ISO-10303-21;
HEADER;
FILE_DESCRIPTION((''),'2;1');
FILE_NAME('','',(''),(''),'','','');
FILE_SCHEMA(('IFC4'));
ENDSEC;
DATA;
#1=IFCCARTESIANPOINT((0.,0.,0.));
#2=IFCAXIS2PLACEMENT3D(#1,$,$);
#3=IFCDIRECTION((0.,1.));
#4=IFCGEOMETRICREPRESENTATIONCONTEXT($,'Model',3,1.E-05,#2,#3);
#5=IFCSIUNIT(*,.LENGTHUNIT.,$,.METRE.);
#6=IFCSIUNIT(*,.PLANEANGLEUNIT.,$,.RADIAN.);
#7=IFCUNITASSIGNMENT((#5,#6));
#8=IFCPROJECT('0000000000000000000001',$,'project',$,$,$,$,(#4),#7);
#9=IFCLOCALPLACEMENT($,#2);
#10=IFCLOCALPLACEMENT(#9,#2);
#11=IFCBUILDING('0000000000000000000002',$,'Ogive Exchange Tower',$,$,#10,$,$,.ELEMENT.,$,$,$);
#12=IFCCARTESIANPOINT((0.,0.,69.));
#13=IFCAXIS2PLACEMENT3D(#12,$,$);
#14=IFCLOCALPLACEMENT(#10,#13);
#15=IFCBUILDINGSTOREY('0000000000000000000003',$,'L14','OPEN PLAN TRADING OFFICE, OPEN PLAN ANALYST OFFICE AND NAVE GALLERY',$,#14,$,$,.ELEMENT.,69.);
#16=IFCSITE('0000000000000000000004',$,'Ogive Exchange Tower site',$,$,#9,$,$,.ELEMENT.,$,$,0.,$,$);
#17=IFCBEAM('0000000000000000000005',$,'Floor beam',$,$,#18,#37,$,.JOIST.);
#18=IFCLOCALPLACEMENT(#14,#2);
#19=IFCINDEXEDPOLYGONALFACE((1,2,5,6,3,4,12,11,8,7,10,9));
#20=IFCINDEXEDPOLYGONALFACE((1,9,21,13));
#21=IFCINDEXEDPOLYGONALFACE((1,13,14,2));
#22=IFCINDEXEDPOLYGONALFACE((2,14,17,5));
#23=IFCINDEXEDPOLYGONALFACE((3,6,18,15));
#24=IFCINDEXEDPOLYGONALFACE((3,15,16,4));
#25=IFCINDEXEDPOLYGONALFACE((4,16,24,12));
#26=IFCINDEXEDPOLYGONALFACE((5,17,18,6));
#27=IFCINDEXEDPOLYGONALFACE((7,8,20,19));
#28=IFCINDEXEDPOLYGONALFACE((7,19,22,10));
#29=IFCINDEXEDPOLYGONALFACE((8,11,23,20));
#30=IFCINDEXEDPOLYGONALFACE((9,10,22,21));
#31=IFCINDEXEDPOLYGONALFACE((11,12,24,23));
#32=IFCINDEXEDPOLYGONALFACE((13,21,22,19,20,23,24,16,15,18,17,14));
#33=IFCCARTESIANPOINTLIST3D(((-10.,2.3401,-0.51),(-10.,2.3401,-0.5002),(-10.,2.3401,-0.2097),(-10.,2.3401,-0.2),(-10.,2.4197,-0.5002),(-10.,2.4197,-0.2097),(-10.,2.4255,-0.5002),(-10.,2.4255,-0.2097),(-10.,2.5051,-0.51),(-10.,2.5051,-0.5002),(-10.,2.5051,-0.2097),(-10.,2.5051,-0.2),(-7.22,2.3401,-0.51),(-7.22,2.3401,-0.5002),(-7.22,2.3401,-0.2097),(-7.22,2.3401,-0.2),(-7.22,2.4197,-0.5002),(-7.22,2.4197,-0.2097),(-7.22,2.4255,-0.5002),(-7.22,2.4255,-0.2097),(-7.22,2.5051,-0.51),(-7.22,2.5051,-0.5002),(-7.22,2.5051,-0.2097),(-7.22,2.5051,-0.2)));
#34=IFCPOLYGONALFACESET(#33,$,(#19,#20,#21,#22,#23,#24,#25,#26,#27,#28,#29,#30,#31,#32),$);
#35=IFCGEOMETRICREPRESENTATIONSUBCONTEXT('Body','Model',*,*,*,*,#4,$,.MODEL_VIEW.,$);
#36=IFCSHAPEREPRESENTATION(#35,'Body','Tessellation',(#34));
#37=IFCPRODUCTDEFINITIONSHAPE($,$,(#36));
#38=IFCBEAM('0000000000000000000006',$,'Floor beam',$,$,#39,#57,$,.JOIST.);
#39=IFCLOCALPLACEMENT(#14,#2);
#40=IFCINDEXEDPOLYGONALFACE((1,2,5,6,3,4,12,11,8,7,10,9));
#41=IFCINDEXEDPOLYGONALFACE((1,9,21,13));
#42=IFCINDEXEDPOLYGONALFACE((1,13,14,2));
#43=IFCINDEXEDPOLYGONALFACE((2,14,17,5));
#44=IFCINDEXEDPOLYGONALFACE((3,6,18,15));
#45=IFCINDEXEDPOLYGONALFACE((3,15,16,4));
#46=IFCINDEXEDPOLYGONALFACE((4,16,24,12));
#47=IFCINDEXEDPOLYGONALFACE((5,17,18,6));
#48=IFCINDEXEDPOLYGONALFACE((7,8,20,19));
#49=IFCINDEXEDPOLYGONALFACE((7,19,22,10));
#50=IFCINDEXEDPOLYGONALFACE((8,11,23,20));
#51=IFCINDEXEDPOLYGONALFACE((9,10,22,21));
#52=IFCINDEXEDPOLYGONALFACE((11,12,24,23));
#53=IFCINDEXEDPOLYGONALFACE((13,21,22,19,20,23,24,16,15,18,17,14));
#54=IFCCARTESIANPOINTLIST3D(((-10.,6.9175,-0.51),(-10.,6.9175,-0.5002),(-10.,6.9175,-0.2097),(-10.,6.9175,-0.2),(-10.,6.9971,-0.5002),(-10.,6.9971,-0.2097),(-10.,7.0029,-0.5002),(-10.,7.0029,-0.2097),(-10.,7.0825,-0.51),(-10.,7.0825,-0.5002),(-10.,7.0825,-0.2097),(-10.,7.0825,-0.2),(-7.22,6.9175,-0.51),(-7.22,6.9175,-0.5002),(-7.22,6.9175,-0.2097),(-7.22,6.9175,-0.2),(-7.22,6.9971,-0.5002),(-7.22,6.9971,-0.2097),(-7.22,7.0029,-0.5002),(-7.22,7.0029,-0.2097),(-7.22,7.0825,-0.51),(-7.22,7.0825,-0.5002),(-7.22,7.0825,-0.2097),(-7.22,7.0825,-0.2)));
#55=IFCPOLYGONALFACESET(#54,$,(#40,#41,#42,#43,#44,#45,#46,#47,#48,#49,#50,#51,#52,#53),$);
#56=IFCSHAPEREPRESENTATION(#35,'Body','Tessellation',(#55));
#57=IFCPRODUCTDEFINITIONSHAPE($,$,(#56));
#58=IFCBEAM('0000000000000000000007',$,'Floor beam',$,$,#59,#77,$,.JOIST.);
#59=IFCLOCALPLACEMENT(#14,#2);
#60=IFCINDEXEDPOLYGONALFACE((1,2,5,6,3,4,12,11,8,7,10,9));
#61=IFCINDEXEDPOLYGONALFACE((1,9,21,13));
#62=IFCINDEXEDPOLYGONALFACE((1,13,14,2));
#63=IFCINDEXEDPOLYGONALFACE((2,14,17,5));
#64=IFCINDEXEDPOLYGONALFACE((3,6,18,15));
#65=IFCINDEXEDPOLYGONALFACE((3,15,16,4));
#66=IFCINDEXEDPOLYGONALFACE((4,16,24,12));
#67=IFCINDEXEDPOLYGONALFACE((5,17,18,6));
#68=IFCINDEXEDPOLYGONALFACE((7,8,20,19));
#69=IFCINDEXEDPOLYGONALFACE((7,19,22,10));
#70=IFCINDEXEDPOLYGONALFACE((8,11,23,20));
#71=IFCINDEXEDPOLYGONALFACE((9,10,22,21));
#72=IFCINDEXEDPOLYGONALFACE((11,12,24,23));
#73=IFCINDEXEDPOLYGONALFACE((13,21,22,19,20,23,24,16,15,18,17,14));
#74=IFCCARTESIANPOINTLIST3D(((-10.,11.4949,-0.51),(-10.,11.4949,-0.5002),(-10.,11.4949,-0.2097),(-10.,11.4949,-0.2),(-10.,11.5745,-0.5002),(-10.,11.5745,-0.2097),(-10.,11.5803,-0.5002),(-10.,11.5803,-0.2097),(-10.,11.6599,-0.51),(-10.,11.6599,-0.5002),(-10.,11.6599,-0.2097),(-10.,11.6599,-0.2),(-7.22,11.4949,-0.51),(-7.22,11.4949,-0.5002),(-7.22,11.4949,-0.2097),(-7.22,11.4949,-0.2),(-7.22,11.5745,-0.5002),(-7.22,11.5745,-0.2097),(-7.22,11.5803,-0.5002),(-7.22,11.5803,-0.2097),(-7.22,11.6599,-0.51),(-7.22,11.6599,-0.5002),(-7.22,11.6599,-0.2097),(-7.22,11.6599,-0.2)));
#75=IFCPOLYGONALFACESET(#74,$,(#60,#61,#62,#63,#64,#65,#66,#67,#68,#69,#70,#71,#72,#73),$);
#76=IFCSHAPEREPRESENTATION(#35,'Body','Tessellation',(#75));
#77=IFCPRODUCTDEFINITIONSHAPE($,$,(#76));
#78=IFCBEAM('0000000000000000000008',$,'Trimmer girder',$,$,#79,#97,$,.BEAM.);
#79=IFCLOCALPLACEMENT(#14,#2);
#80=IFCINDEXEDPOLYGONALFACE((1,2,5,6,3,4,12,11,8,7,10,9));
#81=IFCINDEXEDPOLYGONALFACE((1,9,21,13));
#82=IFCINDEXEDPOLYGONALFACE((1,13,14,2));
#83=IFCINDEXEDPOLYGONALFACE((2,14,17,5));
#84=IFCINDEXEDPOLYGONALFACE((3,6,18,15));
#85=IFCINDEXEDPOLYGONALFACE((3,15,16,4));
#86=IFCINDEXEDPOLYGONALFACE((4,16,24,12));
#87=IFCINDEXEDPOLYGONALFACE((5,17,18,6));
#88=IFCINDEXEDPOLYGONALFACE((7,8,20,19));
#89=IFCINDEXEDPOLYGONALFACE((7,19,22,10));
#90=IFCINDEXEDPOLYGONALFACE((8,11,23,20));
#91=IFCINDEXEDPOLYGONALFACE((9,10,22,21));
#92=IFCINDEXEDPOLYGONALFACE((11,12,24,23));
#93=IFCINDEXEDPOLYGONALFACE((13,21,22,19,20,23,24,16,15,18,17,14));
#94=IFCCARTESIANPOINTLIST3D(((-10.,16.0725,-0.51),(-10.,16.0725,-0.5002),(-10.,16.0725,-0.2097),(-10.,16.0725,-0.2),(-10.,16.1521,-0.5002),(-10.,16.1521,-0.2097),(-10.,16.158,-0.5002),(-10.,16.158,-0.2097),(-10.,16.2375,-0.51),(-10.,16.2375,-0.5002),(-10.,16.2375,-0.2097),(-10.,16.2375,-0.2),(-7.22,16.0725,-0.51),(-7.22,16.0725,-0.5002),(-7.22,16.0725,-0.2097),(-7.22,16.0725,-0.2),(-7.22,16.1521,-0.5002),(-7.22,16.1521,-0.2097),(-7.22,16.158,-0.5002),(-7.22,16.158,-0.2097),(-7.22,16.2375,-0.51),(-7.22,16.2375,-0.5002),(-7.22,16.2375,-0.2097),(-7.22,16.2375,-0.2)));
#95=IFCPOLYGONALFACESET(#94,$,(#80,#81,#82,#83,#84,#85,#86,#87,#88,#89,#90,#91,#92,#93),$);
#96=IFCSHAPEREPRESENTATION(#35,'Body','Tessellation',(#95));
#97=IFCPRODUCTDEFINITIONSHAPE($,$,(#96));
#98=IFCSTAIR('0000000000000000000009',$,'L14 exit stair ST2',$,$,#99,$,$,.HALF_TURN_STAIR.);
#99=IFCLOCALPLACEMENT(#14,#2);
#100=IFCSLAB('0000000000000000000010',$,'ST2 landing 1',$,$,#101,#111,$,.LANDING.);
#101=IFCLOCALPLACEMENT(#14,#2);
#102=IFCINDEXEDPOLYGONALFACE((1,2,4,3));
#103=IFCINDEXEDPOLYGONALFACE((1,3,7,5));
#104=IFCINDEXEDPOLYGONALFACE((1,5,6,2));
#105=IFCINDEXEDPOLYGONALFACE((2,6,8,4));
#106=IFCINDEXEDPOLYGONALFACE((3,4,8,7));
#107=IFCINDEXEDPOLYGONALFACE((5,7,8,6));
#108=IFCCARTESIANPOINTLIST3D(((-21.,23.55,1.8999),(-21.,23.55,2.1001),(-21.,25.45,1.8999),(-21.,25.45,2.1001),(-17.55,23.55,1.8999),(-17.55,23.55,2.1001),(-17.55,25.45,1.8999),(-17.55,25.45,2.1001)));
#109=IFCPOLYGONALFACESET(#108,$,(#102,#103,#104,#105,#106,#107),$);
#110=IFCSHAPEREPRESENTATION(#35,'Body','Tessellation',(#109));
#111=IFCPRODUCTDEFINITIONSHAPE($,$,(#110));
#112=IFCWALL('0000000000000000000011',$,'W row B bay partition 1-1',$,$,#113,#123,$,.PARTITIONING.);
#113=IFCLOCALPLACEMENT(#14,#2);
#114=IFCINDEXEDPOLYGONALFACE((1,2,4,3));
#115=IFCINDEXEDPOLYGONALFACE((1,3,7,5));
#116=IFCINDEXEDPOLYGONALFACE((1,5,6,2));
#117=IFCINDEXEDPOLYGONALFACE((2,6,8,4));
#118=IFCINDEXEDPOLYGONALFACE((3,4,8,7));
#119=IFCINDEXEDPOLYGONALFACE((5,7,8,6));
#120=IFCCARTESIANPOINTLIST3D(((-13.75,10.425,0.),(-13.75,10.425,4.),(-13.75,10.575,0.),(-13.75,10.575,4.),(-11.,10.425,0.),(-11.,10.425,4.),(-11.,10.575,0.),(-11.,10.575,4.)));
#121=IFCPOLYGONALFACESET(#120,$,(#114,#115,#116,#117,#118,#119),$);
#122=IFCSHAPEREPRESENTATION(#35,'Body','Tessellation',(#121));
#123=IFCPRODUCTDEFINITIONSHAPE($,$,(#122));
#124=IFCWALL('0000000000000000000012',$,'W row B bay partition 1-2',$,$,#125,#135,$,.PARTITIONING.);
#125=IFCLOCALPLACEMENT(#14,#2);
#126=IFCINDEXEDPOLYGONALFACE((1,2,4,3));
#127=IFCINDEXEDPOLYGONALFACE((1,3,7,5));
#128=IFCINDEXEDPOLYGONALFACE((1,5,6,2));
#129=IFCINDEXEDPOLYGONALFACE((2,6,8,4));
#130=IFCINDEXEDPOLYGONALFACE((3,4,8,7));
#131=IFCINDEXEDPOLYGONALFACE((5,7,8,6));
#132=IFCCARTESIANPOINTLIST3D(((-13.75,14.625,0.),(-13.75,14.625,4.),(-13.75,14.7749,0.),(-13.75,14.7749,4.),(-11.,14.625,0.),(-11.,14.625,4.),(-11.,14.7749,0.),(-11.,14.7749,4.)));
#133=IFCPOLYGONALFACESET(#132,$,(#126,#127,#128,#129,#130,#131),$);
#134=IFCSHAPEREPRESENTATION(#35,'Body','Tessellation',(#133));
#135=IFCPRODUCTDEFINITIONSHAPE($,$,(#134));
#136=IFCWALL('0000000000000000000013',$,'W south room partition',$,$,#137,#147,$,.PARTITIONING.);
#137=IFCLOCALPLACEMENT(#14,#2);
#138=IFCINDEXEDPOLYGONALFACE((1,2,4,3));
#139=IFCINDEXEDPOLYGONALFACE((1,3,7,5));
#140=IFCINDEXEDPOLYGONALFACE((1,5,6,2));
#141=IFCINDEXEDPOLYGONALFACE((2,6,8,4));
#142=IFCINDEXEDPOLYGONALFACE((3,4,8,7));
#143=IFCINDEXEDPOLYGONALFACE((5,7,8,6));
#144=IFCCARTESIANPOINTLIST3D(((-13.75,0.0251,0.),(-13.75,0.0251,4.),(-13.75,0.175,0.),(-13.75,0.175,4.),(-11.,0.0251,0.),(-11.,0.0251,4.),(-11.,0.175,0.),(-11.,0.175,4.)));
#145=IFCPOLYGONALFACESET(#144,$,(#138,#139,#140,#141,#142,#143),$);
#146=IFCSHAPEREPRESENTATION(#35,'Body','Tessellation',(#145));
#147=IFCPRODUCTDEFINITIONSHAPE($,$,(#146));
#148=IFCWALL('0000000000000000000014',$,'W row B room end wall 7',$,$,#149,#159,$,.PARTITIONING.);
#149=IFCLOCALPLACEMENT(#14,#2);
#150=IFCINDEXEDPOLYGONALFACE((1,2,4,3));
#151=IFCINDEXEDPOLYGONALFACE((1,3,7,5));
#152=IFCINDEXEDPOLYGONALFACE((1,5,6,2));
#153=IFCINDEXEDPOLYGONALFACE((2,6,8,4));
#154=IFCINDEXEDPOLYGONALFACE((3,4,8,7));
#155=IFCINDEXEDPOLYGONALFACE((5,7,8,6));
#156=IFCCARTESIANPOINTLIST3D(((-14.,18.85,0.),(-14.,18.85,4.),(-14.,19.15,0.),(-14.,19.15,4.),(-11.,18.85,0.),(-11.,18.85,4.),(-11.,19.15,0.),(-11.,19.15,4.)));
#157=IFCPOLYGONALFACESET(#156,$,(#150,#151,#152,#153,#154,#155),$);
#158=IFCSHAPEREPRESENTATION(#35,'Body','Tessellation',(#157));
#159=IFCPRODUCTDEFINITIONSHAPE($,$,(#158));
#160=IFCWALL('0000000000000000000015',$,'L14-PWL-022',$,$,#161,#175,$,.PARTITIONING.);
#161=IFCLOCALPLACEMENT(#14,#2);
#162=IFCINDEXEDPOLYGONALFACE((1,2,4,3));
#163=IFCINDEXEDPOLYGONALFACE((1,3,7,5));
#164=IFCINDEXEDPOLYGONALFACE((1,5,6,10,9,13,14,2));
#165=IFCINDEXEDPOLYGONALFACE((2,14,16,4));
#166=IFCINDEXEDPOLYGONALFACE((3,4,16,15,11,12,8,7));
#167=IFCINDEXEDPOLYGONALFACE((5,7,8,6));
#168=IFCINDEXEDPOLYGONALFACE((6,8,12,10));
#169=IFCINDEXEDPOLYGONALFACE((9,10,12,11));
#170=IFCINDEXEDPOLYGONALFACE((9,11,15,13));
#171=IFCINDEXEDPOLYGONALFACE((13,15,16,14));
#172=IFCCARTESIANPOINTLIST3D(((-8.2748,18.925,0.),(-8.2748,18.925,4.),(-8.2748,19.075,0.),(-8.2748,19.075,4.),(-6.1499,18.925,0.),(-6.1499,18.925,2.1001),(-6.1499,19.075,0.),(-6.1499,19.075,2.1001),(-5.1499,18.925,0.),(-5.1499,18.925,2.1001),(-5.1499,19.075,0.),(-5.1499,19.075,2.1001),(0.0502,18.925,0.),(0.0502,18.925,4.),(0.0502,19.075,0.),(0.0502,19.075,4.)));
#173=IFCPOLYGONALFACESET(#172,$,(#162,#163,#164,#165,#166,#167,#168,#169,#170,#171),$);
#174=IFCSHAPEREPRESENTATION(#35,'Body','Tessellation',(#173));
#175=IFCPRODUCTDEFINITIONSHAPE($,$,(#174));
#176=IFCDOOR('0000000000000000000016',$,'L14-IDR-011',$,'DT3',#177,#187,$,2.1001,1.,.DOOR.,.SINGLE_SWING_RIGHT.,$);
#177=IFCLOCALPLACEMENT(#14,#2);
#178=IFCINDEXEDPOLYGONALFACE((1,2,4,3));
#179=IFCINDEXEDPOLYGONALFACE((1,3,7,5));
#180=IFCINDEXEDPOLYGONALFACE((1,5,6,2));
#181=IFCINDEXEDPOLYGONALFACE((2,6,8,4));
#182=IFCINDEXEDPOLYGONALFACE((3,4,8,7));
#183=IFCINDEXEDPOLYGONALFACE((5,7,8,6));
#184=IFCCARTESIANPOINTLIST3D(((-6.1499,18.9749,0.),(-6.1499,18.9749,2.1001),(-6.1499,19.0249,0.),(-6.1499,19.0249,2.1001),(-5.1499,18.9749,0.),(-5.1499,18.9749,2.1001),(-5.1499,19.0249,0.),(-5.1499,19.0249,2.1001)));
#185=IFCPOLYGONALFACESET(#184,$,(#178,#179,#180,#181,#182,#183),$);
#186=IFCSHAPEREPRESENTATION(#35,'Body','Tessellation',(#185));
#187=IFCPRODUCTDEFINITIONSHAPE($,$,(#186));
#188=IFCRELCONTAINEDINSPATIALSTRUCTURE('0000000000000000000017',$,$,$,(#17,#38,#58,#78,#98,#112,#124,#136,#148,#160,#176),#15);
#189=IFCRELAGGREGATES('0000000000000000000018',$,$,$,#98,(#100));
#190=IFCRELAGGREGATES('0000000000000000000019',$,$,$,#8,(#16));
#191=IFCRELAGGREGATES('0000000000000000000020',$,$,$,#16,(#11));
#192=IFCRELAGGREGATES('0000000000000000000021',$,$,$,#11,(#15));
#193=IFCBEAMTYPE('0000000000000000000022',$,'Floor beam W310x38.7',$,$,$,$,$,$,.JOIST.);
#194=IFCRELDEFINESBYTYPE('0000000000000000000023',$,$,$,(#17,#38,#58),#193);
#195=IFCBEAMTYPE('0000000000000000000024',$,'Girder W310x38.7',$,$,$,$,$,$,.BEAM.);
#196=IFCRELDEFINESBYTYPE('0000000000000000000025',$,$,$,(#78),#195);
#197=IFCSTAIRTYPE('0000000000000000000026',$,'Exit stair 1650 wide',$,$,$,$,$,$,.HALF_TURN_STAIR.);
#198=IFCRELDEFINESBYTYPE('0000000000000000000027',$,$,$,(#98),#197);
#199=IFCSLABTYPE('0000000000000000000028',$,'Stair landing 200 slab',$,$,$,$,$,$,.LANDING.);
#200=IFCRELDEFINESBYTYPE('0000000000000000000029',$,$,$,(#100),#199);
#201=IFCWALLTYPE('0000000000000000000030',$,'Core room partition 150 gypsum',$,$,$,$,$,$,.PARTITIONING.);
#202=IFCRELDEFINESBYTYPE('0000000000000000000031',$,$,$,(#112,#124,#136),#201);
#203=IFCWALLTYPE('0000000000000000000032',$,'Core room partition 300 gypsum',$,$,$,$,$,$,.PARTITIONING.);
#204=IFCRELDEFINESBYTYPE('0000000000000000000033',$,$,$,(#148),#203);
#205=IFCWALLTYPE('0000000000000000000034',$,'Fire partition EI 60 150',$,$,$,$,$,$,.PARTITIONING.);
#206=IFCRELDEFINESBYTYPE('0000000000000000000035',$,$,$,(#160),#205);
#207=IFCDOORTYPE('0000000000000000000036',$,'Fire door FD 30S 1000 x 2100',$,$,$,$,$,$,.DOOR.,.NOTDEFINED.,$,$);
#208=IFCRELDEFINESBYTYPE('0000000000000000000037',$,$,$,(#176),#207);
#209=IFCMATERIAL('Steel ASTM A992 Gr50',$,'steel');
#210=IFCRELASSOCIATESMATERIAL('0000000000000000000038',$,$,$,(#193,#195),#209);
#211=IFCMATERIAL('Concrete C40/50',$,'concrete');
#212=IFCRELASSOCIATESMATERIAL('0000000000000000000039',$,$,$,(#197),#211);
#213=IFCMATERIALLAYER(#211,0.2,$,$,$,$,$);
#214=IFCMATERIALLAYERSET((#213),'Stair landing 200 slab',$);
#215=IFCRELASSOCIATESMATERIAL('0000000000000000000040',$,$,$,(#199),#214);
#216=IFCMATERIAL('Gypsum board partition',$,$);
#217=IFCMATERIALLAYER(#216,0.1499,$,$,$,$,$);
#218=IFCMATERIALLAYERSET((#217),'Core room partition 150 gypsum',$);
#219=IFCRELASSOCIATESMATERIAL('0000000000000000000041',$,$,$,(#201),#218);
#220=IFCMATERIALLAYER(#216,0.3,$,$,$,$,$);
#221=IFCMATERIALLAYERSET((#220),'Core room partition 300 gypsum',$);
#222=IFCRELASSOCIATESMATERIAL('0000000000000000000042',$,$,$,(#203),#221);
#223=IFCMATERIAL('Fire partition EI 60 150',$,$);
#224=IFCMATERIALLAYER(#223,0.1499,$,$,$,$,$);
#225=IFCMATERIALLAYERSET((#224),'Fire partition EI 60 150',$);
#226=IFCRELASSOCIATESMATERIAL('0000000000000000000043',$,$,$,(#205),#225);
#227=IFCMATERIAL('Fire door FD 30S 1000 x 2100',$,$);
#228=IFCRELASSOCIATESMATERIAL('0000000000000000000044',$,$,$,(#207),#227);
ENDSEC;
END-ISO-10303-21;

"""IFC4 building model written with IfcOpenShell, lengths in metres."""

from ifc_helpers import new_model, si_unit, direction, frame, frame_2d, origin, origin_2d, place, context, subcontext, project, spatial, polyline, rectangle, i_section, outline, extrude, material, layer, layer_set, material_profile, profile_set, type_object, element, fill, aggregate, save


model = new_model("IFC4")

# Units and contexts
model_context = context("Model", 3, precision=1e-05, world=origin(), true_north=direction((0.0, 1.0)))
body_context = subcontext(model_context, "Body", "Model", "MODEL_VIEW")
ifc_project = project(units=[si_unit("LENGTHUNIT", "METRE"), si_unit("PLANEANGLEUNIT", "RADIAN")], contexts=[model_context])

# Site, building, storey
site_placement = place(None, origin())
site = spatial("IfcSite", under=ifc_project, at=site_placement, Name="Ogive Exchange Tower site", CompositionType="ELEMENT", RefElevation=0.0)
building_placement = place(site_placement, origin())
building = spatial("IfcBuilding", under=site, at=building_placement, Name="Ogive Exchange Tower", CompositionType="ELEMENT")
storey_placement = place(building_placement, frame((0.0, 0.0, 69.0)))
storey = spatial("IfcBuildingStorey", under=building, at=storey_placement, Name="L14", Description="OPEN PLAN TRADING OFFICE, OPEN PLAN ANALYST OFFICE AND NAVE GALLERY", CompositionType="ELEMENT", Elevation=69.0)

# Beams
ifc_material_1 = material(Name="Steel ASTM A992 Gr50", Category="steel")
ifc_material_profile_1 = material_profile(ifc_material_1, i_section(OverallWidth=0.165, OverallDepth=0.3101, WebThickness=0.0059, FlangeThickness=0.0098, at=origin_2d()), Name="W310x38.7")
ifc_profile_set_1 = profile_set([ifc_material_profile_1], Name="Steel ASTM A992 Gr50")
beam_type_1 = type_object("IfcBeamType", Name="Floor beam W310x38.7", PredefinedType="JOIST", material=ifc_profile_set_1)
for number, where, z_axis, x_axis, name in (
    (1, (-10.0, 2.4226, -0.355), (1.0, 0.0, 0.0), (0.0, 1.0, 0.0), "Floor beam"),
    (2, (-10.0, 7.0, -0.355), (1.0, 0.0, 0.0), (0.0, 1.0, 0.0), "Floor beam"),
    (3, (-10.0, 11.5774, -0.355), (1.0, 0.0, 0.0), (0.0, 1.0, 0.0), "Floor beam"),
):
    element("IfcBeam", number, at=place(storey_placement, frame(where, z_axis=z_axis, x_axis=x_axis)), inside=storey, type_object=beam_type_1, Name=name, PredefinedType="JOIST", context=body_context, shape_type="SweptSolid", body=[
        extrude(i_section(OverallWidth=0.165, OverallDepth=0.3101, WebThickness=0.0059, FlangeThickness=0.0098, at=origin_2d()), origin(), (0.0, 0.0, 1.0), 2.78),
    ])
ifc_material_profile_2 = material_profile(ifc_material_1, i_section(OverallWidth=0.165, OverallDepth=0.3101, WebThickness=0.0059, FlangeThickness=0.0098, at=origin_2d()), Name="W310x38.7")
ifc_profile_set_2 = profile_set([ifc_material_profile_2], Name="Steel ASTM A992 Gr50")
beam_type_2 = type_object("IfcBeamType", Name="Girder W310x38.7", PredefinedType="BEAM", material=ifc_profile_set_2)
beam_placement = place(storey_placement, frame((-10.0, 16.155, -0.355), z_axis=(1.0, 0.0, 0.0), x_axis=(0.0, 1.0, 0.0)))
element("IfcBeam", 4, at=beam_placement, inside=storey, type_object=beam_type_2, Name="Trimmer girder", PredefinedType="BEAM", context=body_context, shape_type="SweptSolid", body=[
    extrude(i_section(OverallWidth=0.165, OverallDepth=0.3101, WebThickness=0.0059, FlangeThickness=0.0098, at=origin_2d()), origin(), (0.0, 0.0, 1.0), 2.78),
])

# Stair, slab
ifc_material_2 = material(Name="Concrete C40/50", Category="concrete")
stair_type = type_object("IfcStairType", Name="Exit stair 1650 wide", PredefinedType="HALF_TURN_STAIR", material=ifc_material_2)
stair_1_placement = place(storey_placement, origin())
stair_1 = element("IfcStair", 5, at=stair_1_placement, inside=storey, type_object=stair_type, Name="L14 exit stair ST2", PredefinedType="HALF_TURN_STAIR")
ifc_layer_1 = layer(ifc_material_2, 0.2)
ifc_layer_set_1 = layer_set([ifc_layer_1], Name="Stair landing 200 slab")
slab_type = type_object("IfcSlabType", Name="Stair landing 200 slab", PredefinedType="LANDING", material=ifc_layer_set_1)
slab_placement = place(storey_placement, frame((0.0, 0.0, 1.8999)))
slab = element("IfcSlab", 6, at=slab_placement, type_object=slab_type, Name="ST2 landing 1", PredefinedType="LANDING", context=body_context, shape_type="SweptSolid", body=[
    extrude(outline(polyline([(-17.55, 23.55), (-17.55, 25.45), (-21.0, 25.45), (-21.0, 23.55), (-17.55, 23.55)])), origin(), (0.0, 0.0, 1.0), 0.2002),
])
aggregate(stair_1, [slab])

# Walls
ifc_material_3 = material(Name="Gypsum board partition")
ifc_layer_2 = layer(ifc_material_3, 0.1499)
ifc_layer_set_2 = layer_set([ifc_layer_2], Name="Core room partition 150 gypsum")
wall_type_1 = type_object("IfcWallType", Name="Core room partition 150 gypsum", PredefinedType="PARTITIONING", material=ifc_layer_set_2)
for number, where, z_axis, x_axis, name in (
    (7, (-13.75, 10.5, 0.0), (0.0, 0.0, 1.0), (1.0, 0.0, 0.0), "W row B bay partition 1-1"),
    (8, (-13.75, 14.7, 0.0), (0.0, 0.0, 1.0), (1.0, 0.0, 0.0), "W row B bay partition 1-2"),
    (9, (-13.75, 0.1001, 0.0), (0.0, 0.0, 1.0), (1.0, 0.0, 0.0), "W south room partition"),
):
    element("IfcWall", number, at=place(storey_placement, frame(where, z_axis=z_axis, x_axis=x_axis)), inside=storey, type_object=wall_type_1, Name=name, PredefinedType="PARTITIONING", context=body_context, shape_type="SweptSolid", body=[
        extrude(rectangle(XDim=2.75, YDim=0.1499, at=frame_2d((1.375, 0.0))), origin(), (0.0, 0.0, 1.0), 4.0),
    ])
ifc_layer_3 = layer(ifc_material_3, 0.3)
ifc_layer_set_3 = layer_set([ifc_layer_3], Name="Core room partition 300 gypsum")
wall_type_2 = type_object("IfcWallType", Name="Core room partition 300 gypsum", PredefinedType="PARTITIONING", material=ifc_layer_set_3)
wall_1_placement = place(storey_placement, frame((-14.0, 19.0, 0.0), z_axis=(0.0, 0.0, 1.0), x_axis=(1.0, 0.0, 0.0)))
element("IfcWall", 10, at=wall_1_placement, inside=storey, type_object=wall_type_2, Name="W row B room end wall 7", PredefinedType="PARTITIONING", context=body_context, shape_type="SweptSolid", body=[
    extrude(rectangle(XDim=3.0, YDim=0.3, at=frame_2d((1.5, 0.0))), origin(), (0.0, 0.0, 1.0), 4.0),
])

# Wall, opening, door
ifc_material_4 = material(Name="Fire partition EI 60 150")
ifc_layer_4 = layer(ifc_material_4, 0.1499)
ifc_layer_set_4 = layer_set([ifc_layer_4], Name="Fire partition EI 60 150")
wall_type_3 = type_object("IfcWallType", Name="Fire partition EI 60 150", PredefinedType="PARTITIONING", material=ifc_layer_set_4)
wall_2_placement = place(storey_placement, frame((-8.2749, 19.0, 0.0), z_axis=(0.0, 0.0, 1.0), x_axis=(1.0, 0.0, 0.0)))
wall_2 = element("IfcWall", 11, at=wall_2_placement, inside=storey, type_object=wall_type_3, Name="L14-PWL-022", PredefinedType="PARTITIONING", context=body_context, shape_type="SweptSolid", body=[
    extrude(rectangle(XDim=8.325, YDim=0.1499, at=frame_2d((4.1626, 0.0))), origin(), (0.0, 0.0, 1.0), 4.0),
])
opening_1_placement = place(wall_2_placement, frame((2.125, 0.0, 0.0)))
opening_1 = element("IfcOpeningElement", 12, at=opening_1_placement, cuts=wall_2, PredefinedType="OPENING", context=body_context, shape_type="SweptSolid", body=[
    extrude(rectangle(XDim=1.0, YDim=2.1001, at=frame_2d((0.5, 1.05))), frame((0.0, 0.085, 0.0), z_axis=(0.0, -1.0, 0.0), x_axis=(1.0, 0.0, 0.0)), (0.0, 0.0, 1.0), 0.1699),
])
ifc_material_5 = material(Name="Fire door FD 30S 1000 x 2100")
door_type_1 = type_object("IfcDoorType", Name="Fire door FD 30S 1000 x 2100", OperationType="NOTDEFINED", PredefinedType="DOOR", material=ifc_material_5)
door_1_placement = place(opening_1_placement, origin())
door_1 = element("IfcDoor", 13, at=door_1_placement, inside=storey, type_object=door_type_1, Name="L14-IDR-011", ObjectType="DT3", OperationType="SINGLE_SWING_RIGHT", OverallHeight=2.1001, OverallWidth=1.0, PredefinedType="DOOR", context=body_context, shape_type="SweptSolid", body=[
    extrude(rectangle(XDim=1.0, YDim=2.1001, at=frame_2d((0.5, 1.05))), frame((0.0, 0.0249, 0.0), z_axis=(0.0, -1.0, 0.0), x_axis=(1.0, 0.0, 0.0)), (0.0, 0.0, 1.0), 0.05),
])
fill(opening_1, door_1)

save(model, "model.ifc")
